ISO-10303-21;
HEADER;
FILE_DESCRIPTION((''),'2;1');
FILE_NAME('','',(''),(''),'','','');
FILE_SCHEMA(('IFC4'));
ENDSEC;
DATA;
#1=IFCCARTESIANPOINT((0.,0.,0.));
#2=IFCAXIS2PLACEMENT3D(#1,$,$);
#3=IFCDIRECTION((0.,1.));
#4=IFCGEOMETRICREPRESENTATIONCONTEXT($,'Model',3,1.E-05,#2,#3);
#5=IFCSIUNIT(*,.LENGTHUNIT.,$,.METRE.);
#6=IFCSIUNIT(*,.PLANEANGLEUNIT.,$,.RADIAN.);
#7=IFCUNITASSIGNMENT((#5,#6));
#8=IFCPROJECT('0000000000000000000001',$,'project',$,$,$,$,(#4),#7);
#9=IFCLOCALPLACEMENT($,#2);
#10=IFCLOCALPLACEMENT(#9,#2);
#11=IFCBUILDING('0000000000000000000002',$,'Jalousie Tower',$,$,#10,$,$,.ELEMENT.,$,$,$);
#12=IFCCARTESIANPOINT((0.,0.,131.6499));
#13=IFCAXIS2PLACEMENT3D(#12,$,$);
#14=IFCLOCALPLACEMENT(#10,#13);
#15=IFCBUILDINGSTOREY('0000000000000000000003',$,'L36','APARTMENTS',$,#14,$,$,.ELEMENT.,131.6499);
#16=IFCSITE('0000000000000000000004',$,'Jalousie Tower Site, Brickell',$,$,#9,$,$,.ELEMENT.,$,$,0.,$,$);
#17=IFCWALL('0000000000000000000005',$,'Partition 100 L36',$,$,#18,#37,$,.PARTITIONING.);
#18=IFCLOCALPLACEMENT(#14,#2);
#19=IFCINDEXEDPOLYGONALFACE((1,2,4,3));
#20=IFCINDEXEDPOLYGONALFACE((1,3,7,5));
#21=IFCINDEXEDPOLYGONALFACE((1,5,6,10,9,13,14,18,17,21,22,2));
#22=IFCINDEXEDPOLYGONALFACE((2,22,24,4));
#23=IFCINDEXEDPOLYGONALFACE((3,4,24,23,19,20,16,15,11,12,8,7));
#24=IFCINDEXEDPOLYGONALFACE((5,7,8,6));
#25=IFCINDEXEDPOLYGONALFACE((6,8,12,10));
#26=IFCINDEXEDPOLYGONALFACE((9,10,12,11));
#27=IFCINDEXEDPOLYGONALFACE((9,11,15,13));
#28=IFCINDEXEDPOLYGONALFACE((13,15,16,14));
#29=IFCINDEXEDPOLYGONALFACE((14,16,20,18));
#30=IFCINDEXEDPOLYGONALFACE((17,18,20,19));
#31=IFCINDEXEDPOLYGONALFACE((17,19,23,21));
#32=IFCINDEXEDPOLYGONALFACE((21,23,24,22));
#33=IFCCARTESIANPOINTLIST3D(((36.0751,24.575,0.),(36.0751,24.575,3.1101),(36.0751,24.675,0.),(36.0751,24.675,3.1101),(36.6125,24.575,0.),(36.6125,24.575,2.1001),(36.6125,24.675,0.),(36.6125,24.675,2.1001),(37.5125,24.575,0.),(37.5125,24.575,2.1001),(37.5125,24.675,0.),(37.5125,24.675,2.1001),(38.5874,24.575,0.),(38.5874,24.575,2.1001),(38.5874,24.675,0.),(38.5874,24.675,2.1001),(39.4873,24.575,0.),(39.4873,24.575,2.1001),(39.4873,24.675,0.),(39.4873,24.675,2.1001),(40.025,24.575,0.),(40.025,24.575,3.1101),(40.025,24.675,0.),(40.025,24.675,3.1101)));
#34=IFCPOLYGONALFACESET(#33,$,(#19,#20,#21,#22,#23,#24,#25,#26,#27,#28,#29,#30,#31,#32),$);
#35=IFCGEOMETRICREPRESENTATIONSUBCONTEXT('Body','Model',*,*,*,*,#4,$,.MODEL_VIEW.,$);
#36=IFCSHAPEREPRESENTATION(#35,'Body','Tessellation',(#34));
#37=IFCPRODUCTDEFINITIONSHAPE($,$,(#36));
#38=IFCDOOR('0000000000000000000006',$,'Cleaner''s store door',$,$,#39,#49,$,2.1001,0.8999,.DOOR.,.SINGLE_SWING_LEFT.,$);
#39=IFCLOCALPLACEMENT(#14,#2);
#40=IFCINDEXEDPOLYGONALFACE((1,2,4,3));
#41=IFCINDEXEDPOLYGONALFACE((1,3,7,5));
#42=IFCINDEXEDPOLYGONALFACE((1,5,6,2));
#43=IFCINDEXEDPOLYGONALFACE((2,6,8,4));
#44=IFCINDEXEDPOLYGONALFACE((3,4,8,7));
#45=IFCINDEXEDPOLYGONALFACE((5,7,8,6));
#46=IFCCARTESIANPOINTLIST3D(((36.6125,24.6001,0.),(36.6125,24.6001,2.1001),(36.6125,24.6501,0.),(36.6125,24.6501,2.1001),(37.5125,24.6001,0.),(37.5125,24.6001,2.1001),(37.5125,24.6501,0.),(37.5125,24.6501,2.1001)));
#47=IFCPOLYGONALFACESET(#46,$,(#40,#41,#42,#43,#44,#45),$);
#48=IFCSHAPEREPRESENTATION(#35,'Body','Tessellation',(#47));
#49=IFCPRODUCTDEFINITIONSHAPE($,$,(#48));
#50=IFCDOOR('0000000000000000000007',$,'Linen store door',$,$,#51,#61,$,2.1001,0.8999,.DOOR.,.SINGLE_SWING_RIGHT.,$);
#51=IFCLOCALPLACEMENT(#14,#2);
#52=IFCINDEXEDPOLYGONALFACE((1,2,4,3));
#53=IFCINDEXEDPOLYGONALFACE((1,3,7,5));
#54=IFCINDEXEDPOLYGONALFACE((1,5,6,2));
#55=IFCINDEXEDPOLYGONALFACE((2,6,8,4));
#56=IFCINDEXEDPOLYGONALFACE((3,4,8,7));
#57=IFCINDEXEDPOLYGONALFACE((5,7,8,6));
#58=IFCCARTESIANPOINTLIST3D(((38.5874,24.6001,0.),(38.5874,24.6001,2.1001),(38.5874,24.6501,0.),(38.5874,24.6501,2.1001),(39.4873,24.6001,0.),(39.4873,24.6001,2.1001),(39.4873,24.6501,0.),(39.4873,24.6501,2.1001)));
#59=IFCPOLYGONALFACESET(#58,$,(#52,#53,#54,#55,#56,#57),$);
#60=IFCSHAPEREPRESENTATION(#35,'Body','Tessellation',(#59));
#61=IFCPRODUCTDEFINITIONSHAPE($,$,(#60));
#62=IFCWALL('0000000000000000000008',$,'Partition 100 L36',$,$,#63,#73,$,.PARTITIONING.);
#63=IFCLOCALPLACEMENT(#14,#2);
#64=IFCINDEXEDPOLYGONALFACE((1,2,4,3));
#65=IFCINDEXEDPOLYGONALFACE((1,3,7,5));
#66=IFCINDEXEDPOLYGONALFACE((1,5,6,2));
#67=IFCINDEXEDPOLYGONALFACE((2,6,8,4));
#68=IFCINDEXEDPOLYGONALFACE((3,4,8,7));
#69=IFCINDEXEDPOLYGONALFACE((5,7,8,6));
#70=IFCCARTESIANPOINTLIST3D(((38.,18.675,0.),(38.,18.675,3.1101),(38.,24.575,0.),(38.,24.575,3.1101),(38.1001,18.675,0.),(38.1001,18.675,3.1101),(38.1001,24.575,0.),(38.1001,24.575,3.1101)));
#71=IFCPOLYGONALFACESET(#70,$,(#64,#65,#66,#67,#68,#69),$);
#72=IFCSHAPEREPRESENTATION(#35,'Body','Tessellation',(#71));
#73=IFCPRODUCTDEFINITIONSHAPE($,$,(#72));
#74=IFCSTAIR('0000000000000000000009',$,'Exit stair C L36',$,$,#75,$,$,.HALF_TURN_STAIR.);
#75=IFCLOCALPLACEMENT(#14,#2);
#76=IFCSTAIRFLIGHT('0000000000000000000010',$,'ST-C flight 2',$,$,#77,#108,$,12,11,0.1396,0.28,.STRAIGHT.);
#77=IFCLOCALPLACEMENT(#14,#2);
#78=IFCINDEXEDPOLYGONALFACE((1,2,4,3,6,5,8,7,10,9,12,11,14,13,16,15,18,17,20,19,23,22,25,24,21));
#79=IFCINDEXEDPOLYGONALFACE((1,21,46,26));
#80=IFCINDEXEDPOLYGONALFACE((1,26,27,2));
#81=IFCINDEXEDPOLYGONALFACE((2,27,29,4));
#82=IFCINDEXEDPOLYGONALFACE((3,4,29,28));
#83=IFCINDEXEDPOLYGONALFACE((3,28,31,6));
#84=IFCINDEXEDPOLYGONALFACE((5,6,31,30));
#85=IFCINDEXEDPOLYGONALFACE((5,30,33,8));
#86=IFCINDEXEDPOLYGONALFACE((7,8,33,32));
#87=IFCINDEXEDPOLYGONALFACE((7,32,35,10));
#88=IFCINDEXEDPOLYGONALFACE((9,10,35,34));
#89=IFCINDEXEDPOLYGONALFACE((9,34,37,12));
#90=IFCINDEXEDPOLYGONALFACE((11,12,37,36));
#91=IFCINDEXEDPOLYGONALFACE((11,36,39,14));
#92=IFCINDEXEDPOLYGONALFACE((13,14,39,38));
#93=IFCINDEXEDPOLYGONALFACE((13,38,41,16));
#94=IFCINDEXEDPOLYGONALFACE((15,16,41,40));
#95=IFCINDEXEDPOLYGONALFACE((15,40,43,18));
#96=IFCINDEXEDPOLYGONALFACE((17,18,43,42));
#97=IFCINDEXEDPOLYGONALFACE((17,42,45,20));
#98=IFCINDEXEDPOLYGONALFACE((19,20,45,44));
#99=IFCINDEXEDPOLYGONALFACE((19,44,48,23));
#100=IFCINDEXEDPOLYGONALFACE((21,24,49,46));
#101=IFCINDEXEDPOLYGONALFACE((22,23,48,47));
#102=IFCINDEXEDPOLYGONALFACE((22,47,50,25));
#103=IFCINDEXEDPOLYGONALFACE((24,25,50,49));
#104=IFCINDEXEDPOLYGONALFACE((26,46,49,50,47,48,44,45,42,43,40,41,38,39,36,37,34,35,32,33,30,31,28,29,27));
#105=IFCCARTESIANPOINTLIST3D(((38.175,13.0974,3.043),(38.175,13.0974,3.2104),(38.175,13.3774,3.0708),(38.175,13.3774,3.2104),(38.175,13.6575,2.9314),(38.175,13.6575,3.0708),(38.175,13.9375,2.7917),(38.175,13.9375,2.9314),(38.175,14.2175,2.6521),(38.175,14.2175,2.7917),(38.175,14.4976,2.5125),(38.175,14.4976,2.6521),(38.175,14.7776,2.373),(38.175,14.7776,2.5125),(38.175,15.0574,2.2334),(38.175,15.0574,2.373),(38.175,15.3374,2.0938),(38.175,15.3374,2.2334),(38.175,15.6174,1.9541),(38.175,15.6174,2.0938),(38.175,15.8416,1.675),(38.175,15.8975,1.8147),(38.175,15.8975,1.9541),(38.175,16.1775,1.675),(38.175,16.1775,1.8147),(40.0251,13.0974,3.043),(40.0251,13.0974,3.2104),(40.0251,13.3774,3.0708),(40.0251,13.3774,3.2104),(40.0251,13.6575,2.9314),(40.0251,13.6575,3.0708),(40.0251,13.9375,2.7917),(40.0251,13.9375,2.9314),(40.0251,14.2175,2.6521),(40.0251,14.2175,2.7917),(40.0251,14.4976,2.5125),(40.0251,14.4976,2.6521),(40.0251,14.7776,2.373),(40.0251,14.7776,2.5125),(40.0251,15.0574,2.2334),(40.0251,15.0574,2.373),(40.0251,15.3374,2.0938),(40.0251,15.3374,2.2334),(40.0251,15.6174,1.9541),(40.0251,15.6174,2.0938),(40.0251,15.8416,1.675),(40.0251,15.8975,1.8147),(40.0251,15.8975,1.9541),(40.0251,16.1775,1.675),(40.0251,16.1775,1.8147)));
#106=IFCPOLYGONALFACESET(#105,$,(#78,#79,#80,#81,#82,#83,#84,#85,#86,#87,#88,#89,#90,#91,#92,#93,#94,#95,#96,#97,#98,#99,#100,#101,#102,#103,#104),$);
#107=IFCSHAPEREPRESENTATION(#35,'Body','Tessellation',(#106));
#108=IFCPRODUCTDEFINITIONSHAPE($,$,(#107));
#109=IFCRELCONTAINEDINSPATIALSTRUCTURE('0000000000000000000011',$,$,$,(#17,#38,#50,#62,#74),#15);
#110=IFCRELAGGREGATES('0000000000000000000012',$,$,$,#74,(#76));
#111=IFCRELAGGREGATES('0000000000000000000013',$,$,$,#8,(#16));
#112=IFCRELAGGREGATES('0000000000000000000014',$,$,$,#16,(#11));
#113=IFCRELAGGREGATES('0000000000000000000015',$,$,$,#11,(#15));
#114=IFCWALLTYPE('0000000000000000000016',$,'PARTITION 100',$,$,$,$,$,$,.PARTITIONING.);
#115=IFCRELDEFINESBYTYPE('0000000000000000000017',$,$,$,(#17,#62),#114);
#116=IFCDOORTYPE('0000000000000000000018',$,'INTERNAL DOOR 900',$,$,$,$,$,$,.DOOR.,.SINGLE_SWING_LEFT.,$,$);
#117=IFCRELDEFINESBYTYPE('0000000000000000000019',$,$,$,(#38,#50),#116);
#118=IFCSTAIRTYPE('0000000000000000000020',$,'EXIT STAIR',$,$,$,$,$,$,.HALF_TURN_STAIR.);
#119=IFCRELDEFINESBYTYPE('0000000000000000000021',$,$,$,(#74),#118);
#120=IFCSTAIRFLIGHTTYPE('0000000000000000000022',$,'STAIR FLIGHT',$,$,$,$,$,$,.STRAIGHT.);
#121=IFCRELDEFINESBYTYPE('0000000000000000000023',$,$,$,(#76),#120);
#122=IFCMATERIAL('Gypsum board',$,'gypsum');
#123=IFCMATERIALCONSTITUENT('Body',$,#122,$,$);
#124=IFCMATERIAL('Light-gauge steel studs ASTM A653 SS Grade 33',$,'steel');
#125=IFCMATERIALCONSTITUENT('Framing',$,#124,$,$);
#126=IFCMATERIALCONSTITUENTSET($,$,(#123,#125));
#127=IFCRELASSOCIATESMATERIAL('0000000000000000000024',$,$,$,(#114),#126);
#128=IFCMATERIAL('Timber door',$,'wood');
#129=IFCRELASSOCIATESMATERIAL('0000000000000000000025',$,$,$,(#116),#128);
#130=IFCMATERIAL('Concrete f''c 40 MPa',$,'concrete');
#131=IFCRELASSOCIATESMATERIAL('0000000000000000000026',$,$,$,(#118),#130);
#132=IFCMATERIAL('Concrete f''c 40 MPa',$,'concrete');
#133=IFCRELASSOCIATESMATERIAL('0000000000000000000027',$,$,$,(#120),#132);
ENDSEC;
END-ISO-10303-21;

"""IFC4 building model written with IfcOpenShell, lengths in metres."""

from ifc_helpers import new_model, si_unit, direction, frame, frame_2d, origin, place, context, subcontext, project, spatial, polyline, rectangle, outline, extrude, material, constituent, constituent_set, type_object, element, fill, aggregate, save


model = new_model("IFC4")

# Units and contexts
model_context = context("Model", 3, precision=1e-05, world=origin(), true_north=direction((0.0, 1.0)))
body_context = subcontext(model_context, "Body", "Model", "MODEL_VIEW")
ifc_project = project(units=[si_unit("LENGTHUNIT", "METRE"), si_unit("PLANEANGLEUNIT", "RADIAN")], contexts=[model_context])

# Site, building, storey
site_placement = place(None, origin())
site = spatial("IfcSite", under=ifc_project, at=site_placement, Name="Jalousie Tower Site, Brickell", CompositionType="ELEMENT", RefElevation=0.0)
building_placement = place(site_placement, origin())
building = spatial("IfcBuilding", under=site, at=building_placement, Name="Jalousie Tower", CompositionType="ELEMENT")
storey_placement = place(building_placement, frame((0.0, 0.0, 131.6499)))
storey = spatial("IfcBuildingStorey", under=building, at=storey_placement, Name="L36", Description="APARTMENTS", CompositionType="ELEMENT", Elevation=131.6499)

# Wall, openings, doors
ifc_material_1 = material(Name="Gypsum board", Category="gypsum")
ifc_constituent_1 = constituent(ifc_material_1, Name="Body")
ifc_material_2 = material(Name="Light-gauge steel studs ASTM A653 SS Grade 33", Category="steel")
ifc_constituent_2 = constituent(ifc_material_2, Name="Framing")
ifc_constituent_set_1 = constituent_set(constituents=[ifc_constituent_1, ifc_constituent_2])
wall_type_1 = type_object("IfcWallType", Name="PARTITION 100", PredefinedType="PARTITIONING", material=ifc_constituent_set_1)
wall_1_placement = place(storey_placement, frame((36.075, 24.625, 0.0), z_axis=(0.0, 0.0, 1.0), x_axis=(1.0, 0.0, 0.0)))
wall_1 = element("IfcWall", 1, at=wall_1_placement, inside=storey, type_object=wall_type_1, Name="Partition 100 L36", PredefinedType="PARTITIONING", context=body_context, shape_type="SweptSolid", body=[
    extrude(rectangle(XDim=3.95, YDim=0.1001, at=frame_2d((1.9751, 0.0))), origin(), (0.0, 0.0, 1.0), 3.1101),
])
opening_1_placement = place(wall_1_placement, frame((0.5376, 0.0, 0.0)))
opening_1 = element("IfcOpeningElement", 2, at=opening_1_placement, cuts=wall_1, PredefinedType="OPENING", context=body_context, shape_type="SweptSolid", body=[
    extrude(rectangle(XDim=0.8999, YDim=2.1001, at=frame_2d((0.45, 1.05))), frame((0.0, 0.0601, 0.0), z_axis=(0.0, -1.0, 0.0), x_axis=(1.0, 0.0, 0.0)), (0.0, 0.0, 1.0), 0.1201),
])
opening_2_placement = place(wall_1_placement, frame((2.5125, 0.0, 0.0)))
opening_2 = element("IfcOpeningElement", 3, at=opening_2_placement, cuts=wall_1, PredefinedType="OPENING", context=body_context, shape_type="SweptSolid", body=[
    extrude(rectangle(XDim=0.8999, YDim=2.1001, at=frame_2d((0.45, 1.05))), frame((0.0, 0.0601, 0.0), z_axis=(0.0, -1.0, 0.0), x_axis=(1.0, 0.0, 0.0)), (0.0, 0.0, 1.0), 0.1201),
])
ifc_material_3 = material(Name="Timber door", Category="wood")
door_type_1 = type_object("IfcDoorType", Name="INTERNAL DOOR 900", OperationType="SINGLE_SWING_LEFT", PredefinedType="DOOR", material=ifc_material_3)
door_1_placement = place(opening_1_placement, frame((0.8999, 0.0, 0.0), z_axis=(0.0, 0.0, 1.0), x_axis=(-1.0, 0.0, 0.0)))
door_1 = element("IfcDoor", 4, at=door_1_placement, inside=storey, type_object=door_type_1, Name="Cleaner's store door", OperationType="SINGLE_SWING_LEFT", OverallHeight=2.1001, OverallWidth=0.8999, PredefinedType="DOOR", context=body_context, shape_type="SweptSolid", body=[
    extrude(rectangle(XDim=0.8999, YDim=2.1001, at=frame_2d((0.45, 1.05))), frame((0.0, 0.0249, 0.0), z_axis=(0.0, -1.0, 0.0), x_axis=(1.0, 0.0, 0.0)), (0.0, 0.0, 1.0), 0.05),
])
fill(opening_1, door_1)
door_2_placement = place(opening_2_placement, frame((0.8999, 0.0, 0.0), z_axis=(0.0, 0.0, 1.0), x_axis=(-1.0, 0.0, 0.0)))
door_2 = element("IfcDoor", 5, at=door_2_placement, inside=storey, type_object=door_type_1, Name="Linen store door", OperationType="SINGLE_SWING_RIGHT", OverallHeight=2.1001, OverallWidth=0.8999, PredefinedType="DOOR", context=body_context, shape_type="SweptSolid", body=[
    extrude(rectangle(XDim=0.8999, YDim=2.1001, at=frame_2d((0.45, 1.05))), frame((0.0, 0.0249, 0.0), z_axis=(0.0, -1.0, 0.0), x_axis=(1.0, 0.0, 0.0)), (0.0, 0.0, 1.0), 0.05),
])
fill(opening_2, door_2)

# Wall
wall_2_placement = place(storey_placement, frame((38.05, 18.675, 0.0), z_axis=(0.0, 0.0, 1.0), x_axis=(0.0, 1.0, 0.0)))
element("IfcWall", 6, at=wall_2_placement, inside=storey, type_object=wall_type_1, Name="Partition 100 L36", PredefinedType="PARTITIONING", context=body_context, shape_type="SweptSolid", body=[
    extrude(rectangle(XDim=5.8999, YDim=0.1001, at=frame_2d((2.95, 0.0))), origin(), (0.0, 0.0, 1.0), 3.1101),
])

# Stair, stair flight
ifc_material_4 = material(Name="Concrete f'c 40 MPa", Category="concrete")
stair_type = type_object("IfcStairType", Name="EXIT STAIR", PredefinedType="HALF_TURN_STAIR", material=ifc_material_4)
stair_placement = place(storey_placement, origin())
stair = element("IfcStair", 7, at=stair_placement, inside=storey, type_object=stair_type, Name="Exit stair C L36", PredefinedType="HALF_TURN_STAIR")
ifc_material_5 = material(Name="Concrete f'c 40 MPa", Category="concrete")
stair_flight_type = type_object("IfcStairFlightType", Name="STAIR FLIGHT", PredefinedType="STRAIGHT", material=ifc_material_5)
stair_flight_placement = place(storey_placement, frame((39.1001, 16.1775, 1.675), z_axis=(0.0, 0.0, 1.0), x_axis=(0.0, -1.0, 0.0)))
stair_flight = element("IfcStairFlight", 8, at=stair_flight_placement, type_object=stair_flight_type, Name="ST-C flight 2", NumberOfRisers=12, NumberOfTreads=11, PredefinedType="STRAIGHT", RiserHeight=0.1396, TreadLength=0.28, context=body_context, shape_type="SweptSolid", body=[
    extrude(outline(polyline([(0.0, 0.0), (0.0, 0.1396), (0.28, 0.1396), (0.28, 0.2791), (0.5601, 0.2791), (0.5601, 0.4187), (0.8401, 0.4187), (0.8401, 0.5583), (1.1201, 0.5583), (1.1201, 0.698), (1.3999, 0.698), (1.3999, 0.8374), (1.6799, 0.8374), (1.6799, 0.9771), (1.96, 0.9771), (1.96, 1.1167), (2.24, 1.1167), (2.24, 1.2563), (2.52, 1.2563), (2.52, 1.3958), (2.8, 1.3958), (2.8, 1.5354), (3.0801, 1.5354), (3.0801, 1.675), (3.0801, 1.3679), (0.3359, 0.0), (0.0, 0.0)])), frame((0.0, 0.925, 0.0), z_axis=(0.0, -1.0, 0.0), x_axis=(1.0, 0.0, 0.0)), (0.0, 0.0, 1.0), 1.8501),
])
aggregate(stair, [stair_flight])

save(model, "model.ifc")
